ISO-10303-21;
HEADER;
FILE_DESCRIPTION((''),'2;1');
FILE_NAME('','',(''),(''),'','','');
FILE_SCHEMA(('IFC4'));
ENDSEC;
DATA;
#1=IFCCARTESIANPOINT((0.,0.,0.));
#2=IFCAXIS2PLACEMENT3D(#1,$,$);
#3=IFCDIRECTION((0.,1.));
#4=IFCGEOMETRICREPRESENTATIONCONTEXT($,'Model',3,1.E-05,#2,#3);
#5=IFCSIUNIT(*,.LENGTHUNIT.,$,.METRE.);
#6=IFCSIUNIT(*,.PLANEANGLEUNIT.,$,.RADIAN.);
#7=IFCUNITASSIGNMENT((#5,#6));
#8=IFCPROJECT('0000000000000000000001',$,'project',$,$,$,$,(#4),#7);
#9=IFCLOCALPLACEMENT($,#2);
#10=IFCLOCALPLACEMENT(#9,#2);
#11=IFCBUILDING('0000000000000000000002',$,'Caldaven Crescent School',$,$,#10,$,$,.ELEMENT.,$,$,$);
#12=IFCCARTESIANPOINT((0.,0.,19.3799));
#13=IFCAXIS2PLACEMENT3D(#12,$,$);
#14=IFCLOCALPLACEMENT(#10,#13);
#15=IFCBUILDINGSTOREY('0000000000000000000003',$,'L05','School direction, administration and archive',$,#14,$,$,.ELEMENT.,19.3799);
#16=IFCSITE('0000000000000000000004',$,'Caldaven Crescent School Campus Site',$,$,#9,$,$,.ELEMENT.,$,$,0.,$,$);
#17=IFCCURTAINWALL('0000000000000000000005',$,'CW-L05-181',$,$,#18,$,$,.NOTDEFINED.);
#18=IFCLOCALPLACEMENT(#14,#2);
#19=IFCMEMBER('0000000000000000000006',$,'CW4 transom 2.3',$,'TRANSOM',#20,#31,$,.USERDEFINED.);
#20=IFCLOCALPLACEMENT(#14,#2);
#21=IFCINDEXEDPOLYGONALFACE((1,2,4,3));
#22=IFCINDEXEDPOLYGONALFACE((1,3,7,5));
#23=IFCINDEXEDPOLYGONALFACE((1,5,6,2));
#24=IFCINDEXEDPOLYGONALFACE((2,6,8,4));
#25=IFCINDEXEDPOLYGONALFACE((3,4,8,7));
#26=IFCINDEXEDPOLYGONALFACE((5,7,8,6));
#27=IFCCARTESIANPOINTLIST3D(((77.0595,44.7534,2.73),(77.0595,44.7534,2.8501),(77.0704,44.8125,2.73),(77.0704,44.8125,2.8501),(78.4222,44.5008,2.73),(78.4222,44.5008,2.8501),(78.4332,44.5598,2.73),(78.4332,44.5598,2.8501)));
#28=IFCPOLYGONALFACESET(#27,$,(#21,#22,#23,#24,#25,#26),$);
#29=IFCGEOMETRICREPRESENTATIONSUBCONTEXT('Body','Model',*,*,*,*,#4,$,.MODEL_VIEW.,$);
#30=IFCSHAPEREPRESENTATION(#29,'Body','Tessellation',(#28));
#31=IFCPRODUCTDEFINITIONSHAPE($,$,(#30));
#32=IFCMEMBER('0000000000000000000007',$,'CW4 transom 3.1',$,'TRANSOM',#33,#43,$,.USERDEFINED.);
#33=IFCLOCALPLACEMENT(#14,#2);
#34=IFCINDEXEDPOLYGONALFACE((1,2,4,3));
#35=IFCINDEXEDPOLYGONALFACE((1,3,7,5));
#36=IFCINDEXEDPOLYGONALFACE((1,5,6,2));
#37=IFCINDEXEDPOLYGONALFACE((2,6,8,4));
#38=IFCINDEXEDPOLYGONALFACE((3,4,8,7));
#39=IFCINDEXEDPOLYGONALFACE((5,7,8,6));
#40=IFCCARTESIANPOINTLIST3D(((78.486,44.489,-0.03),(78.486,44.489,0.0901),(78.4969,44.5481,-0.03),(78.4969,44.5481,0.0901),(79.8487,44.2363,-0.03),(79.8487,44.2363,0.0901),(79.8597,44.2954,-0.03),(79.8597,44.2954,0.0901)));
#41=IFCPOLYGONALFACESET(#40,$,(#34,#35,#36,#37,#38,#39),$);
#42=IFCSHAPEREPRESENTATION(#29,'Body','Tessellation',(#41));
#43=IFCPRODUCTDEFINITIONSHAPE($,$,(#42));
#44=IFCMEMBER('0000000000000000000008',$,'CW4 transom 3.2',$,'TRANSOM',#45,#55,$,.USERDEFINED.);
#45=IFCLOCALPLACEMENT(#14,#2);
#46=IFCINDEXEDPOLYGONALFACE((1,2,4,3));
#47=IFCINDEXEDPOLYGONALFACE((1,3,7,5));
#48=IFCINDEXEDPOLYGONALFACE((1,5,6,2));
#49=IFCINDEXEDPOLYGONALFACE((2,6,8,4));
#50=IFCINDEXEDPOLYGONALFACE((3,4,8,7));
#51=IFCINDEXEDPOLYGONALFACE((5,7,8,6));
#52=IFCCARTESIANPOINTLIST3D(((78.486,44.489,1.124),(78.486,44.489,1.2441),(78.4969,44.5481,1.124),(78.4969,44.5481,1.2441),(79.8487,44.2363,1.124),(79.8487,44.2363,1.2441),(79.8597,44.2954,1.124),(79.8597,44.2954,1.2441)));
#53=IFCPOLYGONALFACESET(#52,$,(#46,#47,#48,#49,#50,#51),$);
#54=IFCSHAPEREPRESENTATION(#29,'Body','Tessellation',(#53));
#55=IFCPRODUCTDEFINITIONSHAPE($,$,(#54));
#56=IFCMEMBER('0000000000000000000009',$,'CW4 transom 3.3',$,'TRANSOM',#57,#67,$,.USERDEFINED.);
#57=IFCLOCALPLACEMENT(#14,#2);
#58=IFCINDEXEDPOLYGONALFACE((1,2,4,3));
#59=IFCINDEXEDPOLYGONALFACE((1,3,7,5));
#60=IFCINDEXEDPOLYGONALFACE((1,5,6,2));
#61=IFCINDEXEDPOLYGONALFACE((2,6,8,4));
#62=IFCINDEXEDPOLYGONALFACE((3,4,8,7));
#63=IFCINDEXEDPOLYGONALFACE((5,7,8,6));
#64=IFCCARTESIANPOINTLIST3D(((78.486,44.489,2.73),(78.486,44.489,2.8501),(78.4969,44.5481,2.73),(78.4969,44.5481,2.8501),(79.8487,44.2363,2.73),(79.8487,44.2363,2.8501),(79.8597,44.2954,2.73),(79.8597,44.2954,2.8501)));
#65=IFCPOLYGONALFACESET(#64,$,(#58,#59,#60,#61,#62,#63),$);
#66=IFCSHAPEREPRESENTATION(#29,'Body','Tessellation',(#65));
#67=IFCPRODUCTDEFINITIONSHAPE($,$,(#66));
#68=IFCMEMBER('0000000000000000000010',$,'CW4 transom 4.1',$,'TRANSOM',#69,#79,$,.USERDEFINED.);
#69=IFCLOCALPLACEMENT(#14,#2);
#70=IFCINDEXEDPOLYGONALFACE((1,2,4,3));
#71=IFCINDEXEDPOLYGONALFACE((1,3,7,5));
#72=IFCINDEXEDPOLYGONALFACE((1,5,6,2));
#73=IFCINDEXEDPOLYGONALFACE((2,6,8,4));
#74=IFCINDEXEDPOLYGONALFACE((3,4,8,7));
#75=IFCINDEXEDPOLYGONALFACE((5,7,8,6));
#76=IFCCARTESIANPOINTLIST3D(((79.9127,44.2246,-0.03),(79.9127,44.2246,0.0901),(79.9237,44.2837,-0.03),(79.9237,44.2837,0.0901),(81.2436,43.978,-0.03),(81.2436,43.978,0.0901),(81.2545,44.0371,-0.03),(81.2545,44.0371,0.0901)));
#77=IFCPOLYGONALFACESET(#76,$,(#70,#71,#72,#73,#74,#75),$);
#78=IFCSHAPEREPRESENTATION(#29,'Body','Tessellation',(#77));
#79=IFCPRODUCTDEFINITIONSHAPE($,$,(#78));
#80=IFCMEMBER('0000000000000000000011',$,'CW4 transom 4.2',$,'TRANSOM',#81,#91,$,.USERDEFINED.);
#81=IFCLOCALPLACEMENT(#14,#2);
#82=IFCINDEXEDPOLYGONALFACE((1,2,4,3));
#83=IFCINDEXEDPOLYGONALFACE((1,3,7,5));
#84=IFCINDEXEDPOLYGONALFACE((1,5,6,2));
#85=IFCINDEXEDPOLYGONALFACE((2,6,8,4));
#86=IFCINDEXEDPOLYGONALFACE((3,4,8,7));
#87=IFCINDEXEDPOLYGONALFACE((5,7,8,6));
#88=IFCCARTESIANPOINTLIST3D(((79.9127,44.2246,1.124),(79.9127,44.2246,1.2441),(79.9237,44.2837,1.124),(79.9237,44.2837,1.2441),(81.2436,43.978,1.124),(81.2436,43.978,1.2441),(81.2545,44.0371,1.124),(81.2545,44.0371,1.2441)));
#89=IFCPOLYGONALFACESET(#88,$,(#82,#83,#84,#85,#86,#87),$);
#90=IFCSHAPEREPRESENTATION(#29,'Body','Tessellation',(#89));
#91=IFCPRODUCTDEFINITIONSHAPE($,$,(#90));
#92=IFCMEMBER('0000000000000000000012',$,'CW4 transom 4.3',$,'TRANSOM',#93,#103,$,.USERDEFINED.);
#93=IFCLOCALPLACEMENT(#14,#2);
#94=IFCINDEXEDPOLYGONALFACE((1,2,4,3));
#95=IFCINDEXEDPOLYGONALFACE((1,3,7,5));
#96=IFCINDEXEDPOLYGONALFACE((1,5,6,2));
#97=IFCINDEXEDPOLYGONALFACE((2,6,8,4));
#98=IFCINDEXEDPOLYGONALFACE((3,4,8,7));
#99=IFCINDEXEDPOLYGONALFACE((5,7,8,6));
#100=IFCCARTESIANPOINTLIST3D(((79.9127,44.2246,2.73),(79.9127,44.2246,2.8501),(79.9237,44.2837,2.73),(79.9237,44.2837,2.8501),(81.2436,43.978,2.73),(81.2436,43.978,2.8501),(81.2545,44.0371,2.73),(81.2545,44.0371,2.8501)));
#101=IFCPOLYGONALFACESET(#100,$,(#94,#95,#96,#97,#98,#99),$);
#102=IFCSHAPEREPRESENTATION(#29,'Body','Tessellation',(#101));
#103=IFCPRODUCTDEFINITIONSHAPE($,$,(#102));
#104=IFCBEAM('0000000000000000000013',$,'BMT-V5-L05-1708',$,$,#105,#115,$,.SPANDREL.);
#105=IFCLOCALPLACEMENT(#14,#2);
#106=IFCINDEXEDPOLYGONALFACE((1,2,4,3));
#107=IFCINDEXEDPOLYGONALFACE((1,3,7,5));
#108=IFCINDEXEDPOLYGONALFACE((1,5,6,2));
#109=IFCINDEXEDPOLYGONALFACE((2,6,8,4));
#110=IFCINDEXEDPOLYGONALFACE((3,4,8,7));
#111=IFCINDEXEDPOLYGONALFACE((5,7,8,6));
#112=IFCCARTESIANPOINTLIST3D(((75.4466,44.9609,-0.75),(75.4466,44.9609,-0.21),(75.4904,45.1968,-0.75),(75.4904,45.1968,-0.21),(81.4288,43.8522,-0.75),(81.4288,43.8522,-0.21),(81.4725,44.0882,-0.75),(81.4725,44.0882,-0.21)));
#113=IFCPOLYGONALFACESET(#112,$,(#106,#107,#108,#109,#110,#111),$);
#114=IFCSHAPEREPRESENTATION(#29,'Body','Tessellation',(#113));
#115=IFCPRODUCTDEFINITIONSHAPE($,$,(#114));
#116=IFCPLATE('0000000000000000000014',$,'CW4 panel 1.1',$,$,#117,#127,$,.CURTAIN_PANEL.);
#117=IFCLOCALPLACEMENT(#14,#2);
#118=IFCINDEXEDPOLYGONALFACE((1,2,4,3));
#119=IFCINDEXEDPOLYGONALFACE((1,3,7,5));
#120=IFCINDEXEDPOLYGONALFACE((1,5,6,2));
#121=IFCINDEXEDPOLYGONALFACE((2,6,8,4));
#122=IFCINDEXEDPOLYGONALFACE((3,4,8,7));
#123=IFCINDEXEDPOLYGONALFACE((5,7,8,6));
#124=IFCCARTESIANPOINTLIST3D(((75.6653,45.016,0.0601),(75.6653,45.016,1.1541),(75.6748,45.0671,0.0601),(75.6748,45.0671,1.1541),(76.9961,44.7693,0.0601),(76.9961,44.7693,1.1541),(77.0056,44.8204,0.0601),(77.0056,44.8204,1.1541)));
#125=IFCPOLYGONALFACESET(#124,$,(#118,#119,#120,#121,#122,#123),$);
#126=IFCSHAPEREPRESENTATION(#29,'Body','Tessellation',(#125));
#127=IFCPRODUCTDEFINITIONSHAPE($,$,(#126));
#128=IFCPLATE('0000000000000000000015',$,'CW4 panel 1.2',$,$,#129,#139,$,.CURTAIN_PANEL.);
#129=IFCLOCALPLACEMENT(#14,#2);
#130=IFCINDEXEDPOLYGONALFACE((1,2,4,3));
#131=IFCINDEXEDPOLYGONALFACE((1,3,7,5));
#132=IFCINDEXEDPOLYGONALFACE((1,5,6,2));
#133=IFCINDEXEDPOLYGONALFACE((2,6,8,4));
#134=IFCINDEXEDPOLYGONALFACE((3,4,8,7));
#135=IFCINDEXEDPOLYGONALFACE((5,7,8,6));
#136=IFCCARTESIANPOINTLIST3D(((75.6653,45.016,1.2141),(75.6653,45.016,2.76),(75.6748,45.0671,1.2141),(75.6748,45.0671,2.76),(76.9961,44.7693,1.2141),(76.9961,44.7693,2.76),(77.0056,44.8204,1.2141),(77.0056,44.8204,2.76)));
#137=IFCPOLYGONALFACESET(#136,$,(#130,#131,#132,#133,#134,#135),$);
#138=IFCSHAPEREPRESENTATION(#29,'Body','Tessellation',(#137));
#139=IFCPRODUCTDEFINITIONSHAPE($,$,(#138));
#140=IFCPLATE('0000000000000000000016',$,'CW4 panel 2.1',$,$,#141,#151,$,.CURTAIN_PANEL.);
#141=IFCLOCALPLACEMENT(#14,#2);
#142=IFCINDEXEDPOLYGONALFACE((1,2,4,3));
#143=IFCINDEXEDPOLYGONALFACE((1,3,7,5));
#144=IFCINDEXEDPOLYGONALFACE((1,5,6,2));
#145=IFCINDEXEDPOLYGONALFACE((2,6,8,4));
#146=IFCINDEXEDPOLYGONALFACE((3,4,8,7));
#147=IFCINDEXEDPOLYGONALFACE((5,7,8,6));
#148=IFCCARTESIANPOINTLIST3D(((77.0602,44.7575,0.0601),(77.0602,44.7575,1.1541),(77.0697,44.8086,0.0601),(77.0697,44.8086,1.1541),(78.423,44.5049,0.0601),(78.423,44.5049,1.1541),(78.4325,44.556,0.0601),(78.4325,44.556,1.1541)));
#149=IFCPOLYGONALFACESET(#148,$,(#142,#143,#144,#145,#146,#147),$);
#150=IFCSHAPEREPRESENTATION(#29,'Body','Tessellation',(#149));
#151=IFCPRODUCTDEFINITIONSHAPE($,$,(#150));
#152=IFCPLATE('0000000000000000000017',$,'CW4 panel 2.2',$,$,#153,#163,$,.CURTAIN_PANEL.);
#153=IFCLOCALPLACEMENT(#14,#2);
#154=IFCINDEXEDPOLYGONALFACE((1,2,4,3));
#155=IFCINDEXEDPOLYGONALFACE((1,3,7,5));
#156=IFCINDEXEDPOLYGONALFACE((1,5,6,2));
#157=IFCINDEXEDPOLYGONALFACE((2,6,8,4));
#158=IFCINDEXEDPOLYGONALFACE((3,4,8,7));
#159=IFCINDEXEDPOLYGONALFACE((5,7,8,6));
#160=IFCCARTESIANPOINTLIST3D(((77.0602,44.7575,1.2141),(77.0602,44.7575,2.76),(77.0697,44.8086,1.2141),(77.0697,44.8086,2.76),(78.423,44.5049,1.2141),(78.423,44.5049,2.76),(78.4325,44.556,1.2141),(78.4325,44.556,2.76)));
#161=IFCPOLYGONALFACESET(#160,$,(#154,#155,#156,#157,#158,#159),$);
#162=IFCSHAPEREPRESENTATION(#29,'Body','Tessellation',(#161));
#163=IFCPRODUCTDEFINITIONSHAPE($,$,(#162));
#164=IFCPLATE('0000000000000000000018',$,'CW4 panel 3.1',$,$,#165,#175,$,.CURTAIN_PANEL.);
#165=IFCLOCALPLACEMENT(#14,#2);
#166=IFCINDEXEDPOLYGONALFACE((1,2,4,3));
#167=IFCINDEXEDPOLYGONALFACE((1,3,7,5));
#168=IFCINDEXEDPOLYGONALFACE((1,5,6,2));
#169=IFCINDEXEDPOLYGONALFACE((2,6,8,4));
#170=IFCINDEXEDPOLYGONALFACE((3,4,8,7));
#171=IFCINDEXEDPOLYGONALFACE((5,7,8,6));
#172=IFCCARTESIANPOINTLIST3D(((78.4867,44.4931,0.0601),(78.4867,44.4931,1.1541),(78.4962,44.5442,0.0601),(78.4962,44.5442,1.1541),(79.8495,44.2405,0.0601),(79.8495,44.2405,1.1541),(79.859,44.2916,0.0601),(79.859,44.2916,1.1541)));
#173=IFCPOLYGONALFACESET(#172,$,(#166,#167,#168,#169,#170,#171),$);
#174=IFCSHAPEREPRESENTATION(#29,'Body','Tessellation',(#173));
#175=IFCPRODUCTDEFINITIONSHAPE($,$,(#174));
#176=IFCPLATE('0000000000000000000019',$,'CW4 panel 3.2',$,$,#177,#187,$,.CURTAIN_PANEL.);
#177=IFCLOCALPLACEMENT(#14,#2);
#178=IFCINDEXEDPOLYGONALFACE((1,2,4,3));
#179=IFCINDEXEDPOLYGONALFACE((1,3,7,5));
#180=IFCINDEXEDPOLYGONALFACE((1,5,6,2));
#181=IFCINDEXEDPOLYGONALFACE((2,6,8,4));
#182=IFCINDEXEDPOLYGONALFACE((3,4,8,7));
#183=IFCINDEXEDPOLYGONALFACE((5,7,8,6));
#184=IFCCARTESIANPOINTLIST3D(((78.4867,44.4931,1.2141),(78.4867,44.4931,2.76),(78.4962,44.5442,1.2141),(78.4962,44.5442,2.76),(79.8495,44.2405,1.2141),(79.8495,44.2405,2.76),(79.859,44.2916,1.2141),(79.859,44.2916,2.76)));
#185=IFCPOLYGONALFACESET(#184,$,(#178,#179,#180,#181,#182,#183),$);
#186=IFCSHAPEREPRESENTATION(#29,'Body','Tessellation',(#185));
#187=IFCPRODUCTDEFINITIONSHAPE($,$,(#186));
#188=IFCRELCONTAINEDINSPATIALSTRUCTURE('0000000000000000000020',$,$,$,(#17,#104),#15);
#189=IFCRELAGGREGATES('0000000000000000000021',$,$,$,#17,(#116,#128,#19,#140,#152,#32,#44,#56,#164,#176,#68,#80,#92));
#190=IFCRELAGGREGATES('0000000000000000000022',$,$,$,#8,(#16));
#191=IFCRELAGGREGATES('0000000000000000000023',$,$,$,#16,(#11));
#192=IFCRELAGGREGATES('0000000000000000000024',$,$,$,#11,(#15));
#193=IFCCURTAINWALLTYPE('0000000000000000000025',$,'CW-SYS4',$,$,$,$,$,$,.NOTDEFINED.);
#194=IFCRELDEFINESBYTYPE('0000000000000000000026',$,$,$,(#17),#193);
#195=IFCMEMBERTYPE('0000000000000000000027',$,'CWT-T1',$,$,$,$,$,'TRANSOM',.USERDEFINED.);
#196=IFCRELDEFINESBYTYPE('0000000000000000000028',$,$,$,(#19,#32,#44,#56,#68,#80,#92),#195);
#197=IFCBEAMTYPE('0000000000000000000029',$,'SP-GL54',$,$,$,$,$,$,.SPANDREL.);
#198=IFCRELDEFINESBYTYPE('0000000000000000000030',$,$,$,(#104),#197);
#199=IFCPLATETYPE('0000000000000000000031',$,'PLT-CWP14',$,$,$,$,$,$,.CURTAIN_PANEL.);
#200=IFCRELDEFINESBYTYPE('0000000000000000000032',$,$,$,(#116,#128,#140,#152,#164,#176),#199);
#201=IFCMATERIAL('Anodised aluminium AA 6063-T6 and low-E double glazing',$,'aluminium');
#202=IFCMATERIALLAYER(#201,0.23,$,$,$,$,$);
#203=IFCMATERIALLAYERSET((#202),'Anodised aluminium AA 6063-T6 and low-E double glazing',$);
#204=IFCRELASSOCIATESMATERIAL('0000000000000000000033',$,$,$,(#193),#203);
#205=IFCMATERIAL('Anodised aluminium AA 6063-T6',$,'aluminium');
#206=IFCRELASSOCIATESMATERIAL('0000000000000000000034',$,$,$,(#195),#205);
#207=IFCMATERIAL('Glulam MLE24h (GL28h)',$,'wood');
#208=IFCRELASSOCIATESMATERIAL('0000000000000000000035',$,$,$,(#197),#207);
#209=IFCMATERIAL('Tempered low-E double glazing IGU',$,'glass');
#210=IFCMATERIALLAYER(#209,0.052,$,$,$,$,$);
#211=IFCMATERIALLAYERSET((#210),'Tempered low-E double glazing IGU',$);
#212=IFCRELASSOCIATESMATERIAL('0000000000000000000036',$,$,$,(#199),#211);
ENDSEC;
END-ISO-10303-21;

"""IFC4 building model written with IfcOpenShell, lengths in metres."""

from ifc_helpers import new_model, si_unit, direction, frame, origin, origin_2d, place, context, subcontext, project, spatial, rectangle, extrude, material, layer, layer_set, material_profile, profile_set, type_object, element, aggregate, save


model = new_model("IFC4")

# Units and contexts
model_context = context("Model", 3, precision=1e-05, world=origin(), true_north=direction((0.0, 1.0)))
body_context = subcontext(model_context, "Body", "Model", "MODEL_VIEW")
ifc_project = project(units=[si_unit("LENGTHUNIT", "METRE"), si_unit("PLANEANGLEUNIT", "RADIAN")], contexts=[model_context])

# Site, building, storey
site_placement = place(None, origin())
site = spatial("IfcSite", under=ifc_project, at=site_placement, Name="Caldaven Crescent School Campus Site", CompositionType="ELEMENT", RefElevation=0.0)
building_placement = place(site_placement, origin())
building = spatial("IfcBuilding", under=site, at=building_placement, Name="Caldaven Crescent School", CompositionType="ELEMENT")
storey_placement = place(building_placement, frame((0.0, 0.0, 19.3799)))
storey = spatial("IfcBuildingStorey", under=building, at=storey_placement, Name="L05", Description="School direction, administration and archive", CompositionType="ELEMENT", Elevation=19.3799)

# Shared definitions
ifc_material_1 = material(Name="Glulam MLE24h (GL28h)", Category="wood")

# Shared definitions
ifc_material_2 = material(Name="Anodised aluminium AA 6063-T6 and low-E double glazing", Category="aluminium")
ifc_material_3 = material(Name="Anodised aluminium AA 6063-T6", Category="aluminium")

# Curtain wall, members
ifc_layer_1 = layer(ifc_material_2, 0.23)
ifc_layer_set_1 = layer_set([ifc_layer_1], Name="Anodised aluminium AA 6063-T6 and low-E double glazing")
curtain_wall_type_1 = type_object("IfcCurtainWallType", Name="CW-SYS4", PredefinedType="NOTDEFINED", material=ifc_layer_set_1)
curtain_wall_1_placement = place(storey_placement, origin())
curtain_wall_1 = element("IfcCurtainWall", 1, at=curtain_wall_1_placement, inside=storey, type_object=curtain_wall_type_1, Name="CW-L05-181", PredefinedType="NOTDEFINED")
ifc_material_profile_1 = material_profile(ifc_material_3, rectangle(XDim=0.0601, YDim=0.1201, at=origin_2d()), Name="CWT 60x120")
ifc_profile_set_1 = profile_set([ifc_material_profile_1], Name="Anodised aluminium AA 6063-T6")
member_type_1 = type_object("IfcMemberType", Name="CWT-T1", ElementType="TRANSOM", PredefinedType="USERDEFINED", material=ifc_profile_set_1)
member_1_placement = place(storey_placement, frame((77.0649, 44.783, 2.79), z_axis=(0.983241, -0.18231, 0.0), x_axis=(0.18231, 0.983241, 0.0)))
member_1 = element("IfcMember", 2, at=member_1_placement, type_object=member_type_1, Name="CW4 transom 2.3", ObjectType="TRANSOM", PredefinedType="USERDEFINED", context=body_context, shape_type="SweptSolid", body=[
    extrude(rectangle(XDim=0.0601, YDim=0.1201, at=origin_2d()), origin(), (0.0, 0.0, 1.0), 1.386),
])
member_2_placement = place(storey_placement, frame((78.4915, 44.5186, 0.03), z_axis=(0.983241, -0.18231, 0.0), x_axis=(0.18231, 0.983241, 0.0)))
member_2 = element("IfcMember", 3, at=member_2_placement, type_object=member_type_1, Name="CW4 transom 3.1", ObjectType="TRANSOM", PredefinedType="USERDEFINED", context=body_context, shape_type="SweptSolid", body=[
    extrude(rectangle(XDim=0.0601, YDim=0.1201, at=origin_2d()), origin(), (0.0, 0.0, 1.0), 1.386),
])
member_3_placement = place(storey_placement, frame((78.4915, 44.5186, 1.1841), z_axis=(0.983241, -0.18231, 0.0), x_axis=(0.18231, 0.983241, 0.0)))
member_3 = element("IfcMember", 4, at=member_3_placement, type_object=member_type_1, Name="CW4 transom 3.2", ObjectType="TRANSOM", PredefinedType="USERDEFINED", context=body_context, shape_type="SweptSolid", body=[
    extrude(rectangle(XDim=0.0601, YDim=0.1201, at=origin_2d()), origin(), (0.0, 0.0, 1.0), 1.386),
])
member_4_placement = place(storey_placement, frame((78.4915, 44.5186, 2.79), z_axis=(0.983241, -0.18231, 0.0), x_axis=(0.18231, 0.983241, 0.0)))
member_4 = element("IfcMember", 5, at=member_4_placement, type_object=member_type_1, Name="CW4 transom 3.3", ObjectType="TRANSOM", PredefinedType="USERDEFINED", context=body_context, shape_type="SweptSolid", body=[
    extrude(rectangle(XDim=0.0601, YDim=0.1201, at=origin_2d()), origin(), (0.0, 0.0, 1.0), 1.386),
])
member_5_placement = place(storey_placement, frame((79.9182, 44.2542, 0.03), z_axis=(0.983264, -0.182186, 0.0), x_axis=(0.182186, 0.983264, 0.0)))
member_5 = element("IfcMember", 6, at=member_5_placement, type_object=member_type_1, Name="CW4 transom 4.1", ObjectType="TRANSOM", PredefinedType="USERDEFINED", context=body_context, shape_type="SweptSolid", body=[
    extrude(rectangle(XDim=0.0601, YDim=0.1201, at=origin_2d()), origin(), (0.0, 0.0, 1.0), 1.3535),
])
member_6_placement = place(storey_placement, frame((79.9182, 44.2542, 1.1841), z_axis=(0.983264, -0.182186, 0.0), x_axis=(0.182186, 0.983264, 0.0)))
member_6 = element("IfcMember", 7, at=member_6_placement, type_object=member_type_1, Name="CW4 transom 4.2", ObjectType="TRANSOM", PredefinedType="USERDEFINED", context=body_context, shape_type="SweptSolid", body=[
    extrude(rectangle(XDim=0.0601, YDim=0.1201, at=origin_2d()), origin(), (0.0, 0.0, 1.0), 1.3535),
])
member_7_placement = place(storey_placement, frame((79.9182, 44.2542, 2.79), z_axis=(0.983264, -0.182186, 0.0), x_axis=(0.182186, 0.983264, 0.0)))
member_7 = element("IfcMember", 8, at=member_7_placement, type_object=member_type_1, Name="CW4 transom 4.3", ObjectType="TRANSOM", PredefinedType="USERDEFINED", context=body_context, shape_type="SweptSolid", body=[
    extrude(rectangle(XDim=0.0601, YDim=0.1201, at=origin_2d()), origin(), (0.0, 0.0, 1.0), 1.3535),
])

# Beam
ifc_material_profile_2 = material_profile(ifc_material_1, rectangle(XDim=0.24, YDim=0.54, at=origin_2d()), Name="MLE 240x540")
ifc_profile_set_2 = profile_set([ifc_material_profile_2], Name="Glulam MLE24h (GL28h)")
beam_type_1 = type_object("IfcBeamType", Name="SP-GL54", PredefinedType="SPANDREL", material=ifc_profile_set_2)
beam_1_placement = place(storey_placement, frame((75.4685, 45.0789, -0.48), z_axis=(0.983258, -0.182221, 0.0), x_axis=(0.182221, 0.983258, 0.0)))
element("IfcBeam", 9, at=beam_1_placement, inside=storey, type_object=beam_type_1, Name="BMT-V5-L05-1708", PredefinedType="SPANDREL", context=body_context, shape_type="SweptSolid", body=[
    extrude(rectangle(XDim=0.24, YDim=0.54, at=origin_2d()), origin(), (0.0, 0.0, 1.0), 6.084),
])

# Plates
ifc_material_4 = material(Name="Tempered low-E double glazing IGU", Category="glass")
ifc_layer_2 = layer(ifc_material_4, 0.052)
ifc_layer_set_2 = layer_set([ifc_layer_2], Name="Tempered low-E double glazing IGU")
plate_type = type_object("IfcPlateType", Name="PLT-CWP14", PredefinedType="CURTAIN_PANEL", material=ifc_layer_set_2)
plate_1_placement = place(storey_placement, frame((76.3354, 44.9182, 0.0601), z_axis=(0.0, 0.0, 1.0), x_axis=(0.983255, -0.182236, 0.0)))
plate_1 = element("IfcPlate", 10, at=plate_1_placement, type_object=plate_type, Name="CW4 panel 1.1", PredefinedType="CURTAIN_PANEL", context=body_context, shape_type="SweptSolid", body=[
    extrude(rectangle(XDim=1.3535, YDim=0.052, at=origin_2d()), origin(), (0.0, 0.0, 1.0), 1.094),
])
plate_2_placement = place(storey_placement, frame((76.3354, 44.9182, 1.2141), z_axis=(0.0, 0.0, 1.0), x_axis=(0.983255, -0.182236, 0.0)))
plate_2 = element("IfcPlate", 11, at=plate_2_placement, type_object=plate_type, Name="CW4 panel 1.2", PredefinedType="CURTAIN_PANEL", context=body_context, shape_type="SweptSolid", body=[
    extrude(rectangle(XDim=1.3535, YDim=0.052, at=origin_2d()), origin(), (0.0, 0.0, 1.0), 1.5459),
])
plate_3_placement = place(storey_placement, frame((77.7463, 44.6567, 0.0601), z_axis=(0.0, 0.0, 1.0), x_axis=(0.983255, -0.182236, 0.0)))
plate_3 = element("IfcPlate", 12, at=plate_3_placement, type_object=plate_type, Name="CW4 panel 2.1", PredefinedType="CURTAIN_PANEL", context=body_context, shape_type="SweptSolid", body=[
    extrude(rectangle(XDim=1.386, YDim=0.052, at=origin_2d()), origin(), (0.0, 0.0, 1.0), 1.094),
])
plate_4_placement = place(storey_placement, frame((77.7463, 44.6567, 1.2141), z_axis=(0.0, 0.0, 1.0), x_axis=(0.983255, -0.182236, 0.0)))
plate_4 = element("IfcPlate", 13, at=plate_4_placement, type_object=plate_type, Name="CW4 panel 2.2", PredefinedType="CURTAIN_PANEL", context=body_context, shape_type="SweptSolid", body=[
    extrude(rectangle(XDim=1.386, YDim=0.052, at=origin_2d()), origin(), (0.0, 0.0, 1.0), 1.5459),
])
plate_5_placement = place(storey_placement, frame((79.1729, 44.3923, 0.0601), z_axis=(0.0, 0.0, 1.0), x_axis=(0.983255, -0.182236, 0.0)))
plate_5 = element("IfcPlate", 14, at=plate_5_placement, type_object=plate_type, Name="CW4 panel 3.1", PredefinedType="CURTAIN_PANEL", context=body_context, shape_type="SweptSolid", body=[
    extrude(rectangle(XDim=1.386, YDim=0.052, at=origin_2d()), origin(), (0.0, 0.0, 1.0), 1.094),
])
plate_6_placement = place(storey_placement, frame((79.1729, 44.3923, 1.2141), z_axis=(0.0, 0.0, 1.0), x_axis=(0.983255, -0.182236, 0.0)))
plate_6 = element("IfcPlate", 15, at=plate_6_placement, type_object=plate_type, Name="CW4 panel 3.2", PredefinedType="CURTAIN_PANEL", context=body_context, shape_type="SweptSolid", body=[
    extrude(rectangle(XDim=1.386, YDim=0.052, at=origin_2d()), origin(), (0.0, 0.0, 1.0), 1.5459),
])
aggregate(curtain_wall_1, [plate_1, plate_2, member_1, plate_3, plate_4, member_2, member_3, member_4, plate_5, plate_6, member_5, member_6, member_7])

save(model, "model.ifc")
